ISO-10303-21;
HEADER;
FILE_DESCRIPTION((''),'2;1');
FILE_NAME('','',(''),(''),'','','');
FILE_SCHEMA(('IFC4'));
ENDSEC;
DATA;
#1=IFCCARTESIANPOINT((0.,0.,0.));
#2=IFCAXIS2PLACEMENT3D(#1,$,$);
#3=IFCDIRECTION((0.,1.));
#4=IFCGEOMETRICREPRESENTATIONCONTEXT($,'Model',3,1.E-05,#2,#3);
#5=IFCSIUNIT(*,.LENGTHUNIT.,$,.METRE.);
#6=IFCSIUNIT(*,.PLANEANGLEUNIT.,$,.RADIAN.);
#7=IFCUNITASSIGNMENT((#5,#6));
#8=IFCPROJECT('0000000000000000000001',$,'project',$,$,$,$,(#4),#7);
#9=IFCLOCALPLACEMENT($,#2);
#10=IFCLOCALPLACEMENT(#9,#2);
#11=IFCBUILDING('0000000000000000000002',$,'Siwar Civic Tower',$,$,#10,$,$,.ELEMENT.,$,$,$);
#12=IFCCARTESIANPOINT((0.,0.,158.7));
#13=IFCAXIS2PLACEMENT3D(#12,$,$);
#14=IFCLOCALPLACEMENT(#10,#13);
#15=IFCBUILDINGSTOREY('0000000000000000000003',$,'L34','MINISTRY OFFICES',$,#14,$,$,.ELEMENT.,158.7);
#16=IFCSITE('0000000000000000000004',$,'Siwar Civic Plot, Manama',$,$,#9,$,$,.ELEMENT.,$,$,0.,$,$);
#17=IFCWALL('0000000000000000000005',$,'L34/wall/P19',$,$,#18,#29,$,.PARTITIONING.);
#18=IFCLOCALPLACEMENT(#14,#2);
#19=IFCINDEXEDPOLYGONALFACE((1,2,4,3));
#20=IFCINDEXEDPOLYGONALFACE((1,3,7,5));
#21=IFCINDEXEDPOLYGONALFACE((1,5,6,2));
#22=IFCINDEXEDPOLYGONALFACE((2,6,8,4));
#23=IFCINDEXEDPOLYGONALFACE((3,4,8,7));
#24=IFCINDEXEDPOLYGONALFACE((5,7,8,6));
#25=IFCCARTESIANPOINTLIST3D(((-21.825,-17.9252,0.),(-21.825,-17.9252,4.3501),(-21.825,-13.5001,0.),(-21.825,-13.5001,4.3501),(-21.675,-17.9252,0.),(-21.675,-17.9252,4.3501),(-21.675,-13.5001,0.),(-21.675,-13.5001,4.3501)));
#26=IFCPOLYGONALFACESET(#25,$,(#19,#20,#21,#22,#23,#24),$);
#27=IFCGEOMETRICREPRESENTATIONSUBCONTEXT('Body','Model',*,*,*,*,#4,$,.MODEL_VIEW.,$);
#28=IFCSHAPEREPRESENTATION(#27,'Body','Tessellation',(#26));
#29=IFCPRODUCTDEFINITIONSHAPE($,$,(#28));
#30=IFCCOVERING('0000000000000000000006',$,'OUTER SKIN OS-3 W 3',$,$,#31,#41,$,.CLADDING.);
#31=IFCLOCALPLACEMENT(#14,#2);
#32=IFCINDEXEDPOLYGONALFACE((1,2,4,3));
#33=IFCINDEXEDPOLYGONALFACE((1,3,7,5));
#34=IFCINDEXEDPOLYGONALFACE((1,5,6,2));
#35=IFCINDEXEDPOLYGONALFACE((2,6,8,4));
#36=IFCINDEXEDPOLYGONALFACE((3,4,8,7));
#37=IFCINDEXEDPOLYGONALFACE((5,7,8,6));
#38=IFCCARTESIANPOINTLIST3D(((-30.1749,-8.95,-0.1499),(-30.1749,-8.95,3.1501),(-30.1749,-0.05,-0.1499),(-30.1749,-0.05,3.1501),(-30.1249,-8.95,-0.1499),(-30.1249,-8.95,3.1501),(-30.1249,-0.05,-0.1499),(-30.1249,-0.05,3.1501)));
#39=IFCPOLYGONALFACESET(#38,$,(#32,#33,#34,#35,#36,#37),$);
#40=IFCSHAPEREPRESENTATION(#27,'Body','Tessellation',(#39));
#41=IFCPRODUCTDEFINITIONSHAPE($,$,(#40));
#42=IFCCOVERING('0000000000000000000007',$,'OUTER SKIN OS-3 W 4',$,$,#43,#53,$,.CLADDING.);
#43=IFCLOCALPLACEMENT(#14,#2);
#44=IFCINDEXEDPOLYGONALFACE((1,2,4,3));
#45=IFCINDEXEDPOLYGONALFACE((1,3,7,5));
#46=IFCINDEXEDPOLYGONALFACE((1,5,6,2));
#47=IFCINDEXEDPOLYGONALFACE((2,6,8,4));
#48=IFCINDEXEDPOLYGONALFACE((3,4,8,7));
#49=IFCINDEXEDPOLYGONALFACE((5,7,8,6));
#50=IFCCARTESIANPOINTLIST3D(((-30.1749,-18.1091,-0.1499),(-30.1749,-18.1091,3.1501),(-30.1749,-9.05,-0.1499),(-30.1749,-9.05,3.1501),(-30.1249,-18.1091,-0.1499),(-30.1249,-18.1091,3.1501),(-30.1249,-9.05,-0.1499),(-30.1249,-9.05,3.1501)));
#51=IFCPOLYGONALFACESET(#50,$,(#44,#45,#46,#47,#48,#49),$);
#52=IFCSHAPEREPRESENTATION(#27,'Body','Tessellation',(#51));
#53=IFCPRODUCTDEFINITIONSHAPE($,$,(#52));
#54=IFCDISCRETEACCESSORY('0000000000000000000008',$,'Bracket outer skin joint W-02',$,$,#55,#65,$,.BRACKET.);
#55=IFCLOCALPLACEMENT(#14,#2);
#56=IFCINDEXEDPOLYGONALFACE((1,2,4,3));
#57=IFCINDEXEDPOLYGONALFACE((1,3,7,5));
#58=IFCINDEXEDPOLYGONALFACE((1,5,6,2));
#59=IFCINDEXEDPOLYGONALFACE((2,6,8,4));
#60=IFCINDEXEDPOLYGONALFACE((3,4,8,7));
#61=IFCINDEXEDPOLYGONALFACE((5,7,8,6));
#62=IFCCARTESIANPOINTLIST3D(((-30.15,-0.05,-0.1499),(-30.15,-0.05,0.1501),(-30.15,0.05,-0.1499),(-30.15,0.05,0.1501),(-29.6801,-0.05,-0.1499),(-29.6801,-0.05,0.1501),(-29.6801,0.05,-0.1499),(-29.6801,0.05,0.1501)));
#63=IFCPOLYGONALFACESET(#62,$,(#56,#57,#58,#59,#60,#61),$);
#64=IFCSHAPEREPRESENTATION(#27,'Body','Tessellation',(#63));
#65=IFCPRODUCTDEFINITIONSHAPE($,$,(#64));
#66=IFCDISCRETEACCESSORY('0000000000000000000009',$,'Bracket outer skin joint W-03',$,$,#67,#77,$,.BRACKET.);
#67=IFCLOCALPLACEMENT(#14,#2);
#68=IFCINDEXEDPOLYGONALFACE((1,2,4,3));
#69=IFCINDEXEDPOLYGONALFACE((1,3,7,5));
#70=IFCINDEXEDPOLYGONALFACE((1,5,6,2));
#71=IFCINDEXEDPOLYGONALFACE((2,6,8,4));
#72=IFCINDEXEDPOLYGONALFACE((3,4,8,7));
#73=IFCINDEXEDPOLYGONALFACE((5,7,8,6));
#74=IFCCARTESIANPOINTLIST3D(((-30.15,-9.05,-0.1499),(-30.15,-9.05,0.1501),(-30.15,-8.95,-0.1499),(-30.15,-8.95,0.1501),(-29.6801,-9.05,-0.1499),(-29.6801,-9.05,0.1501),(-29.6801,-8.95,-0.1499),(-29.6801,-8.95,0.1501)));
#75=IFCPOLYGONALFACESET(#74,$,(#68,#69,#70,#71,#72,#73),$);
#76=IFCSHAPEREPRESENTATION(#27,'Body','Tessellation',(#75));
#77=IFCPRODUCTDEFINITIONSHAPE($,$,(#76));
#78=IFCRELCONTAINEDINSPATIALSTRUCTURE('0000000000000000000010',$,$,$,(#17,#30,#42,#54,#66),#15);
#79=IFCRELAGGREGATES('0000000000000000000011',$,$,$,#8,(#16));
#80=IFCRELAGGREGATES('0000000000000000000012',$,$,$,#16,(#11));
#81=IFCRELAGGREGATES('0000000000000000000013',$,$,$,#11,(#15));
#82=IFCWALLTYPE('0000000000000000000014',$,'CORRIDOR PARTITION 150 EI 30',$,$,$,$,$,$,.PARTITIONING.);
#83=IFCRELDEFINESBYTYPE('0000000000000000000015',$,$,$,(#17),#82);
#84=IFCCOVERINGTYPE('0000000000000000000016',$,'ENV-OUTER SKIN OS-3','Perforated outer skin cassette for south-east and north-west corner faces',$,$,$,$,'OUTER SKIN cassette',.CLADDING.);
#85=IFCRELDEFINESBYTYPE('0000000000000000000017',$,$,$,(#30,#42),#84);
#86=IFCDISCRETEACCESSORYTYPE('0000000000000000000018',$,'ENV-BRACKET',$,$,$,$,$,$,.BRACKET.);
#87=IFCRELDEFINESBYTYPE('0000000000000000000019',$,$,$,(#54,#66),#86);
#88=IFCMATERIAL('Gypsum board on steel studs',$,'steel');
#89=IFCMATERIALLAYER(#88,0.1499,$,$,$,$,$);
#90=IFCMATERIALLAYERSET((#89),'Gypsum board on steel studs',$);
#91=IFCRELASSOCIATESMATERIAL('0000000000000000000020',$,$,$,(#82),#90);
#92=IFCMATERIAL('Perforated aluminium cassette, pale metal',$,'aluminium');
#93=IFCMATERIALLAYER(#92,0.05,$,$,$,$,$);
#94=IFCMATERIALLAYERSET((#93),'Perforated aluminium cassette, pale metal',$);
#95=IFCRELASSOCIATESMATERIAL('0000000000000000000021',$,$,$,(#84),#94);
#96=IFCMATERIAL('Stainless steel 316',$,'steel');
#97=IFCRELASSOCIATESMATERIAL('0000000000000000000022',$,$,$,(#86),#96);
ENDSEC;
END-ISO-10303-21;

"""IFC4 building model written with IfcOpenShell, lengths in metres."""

from ifc_helpers import new_model, si_unit, direction, frame, frame_2d, origin, origin_2d, place, context, subcontext, project, spatial, rectangle, extrude, material, layer, layer_set, type_object, element, save


model = new_model("IFC4")

# Units and contexts
model_context = context("Model", 3, precision=1e-05, world=origin(), true_north=direction((0.0, 1.0)))
body_context = subcontext(model_context, "Body", "Model", "MODEL_VIEW")
ifc_project = project(units=[si_unit("LENGTHUNIT", "METRE"), si_unit("PLANEANGLEUNIT", "RADIAN")], contexts=[model_context])

# Site, building, storey
site_placement = place(None, origin())
site = spatial("IfcSite", under=ifc_project, at=site_placement, Name="Siwar Civic Plot, Manama", CompositionType="ELEMENT", RefElevation=0.0)
building_placement = place(site_placement, origin())
building = spatial("IfcBuilding", under=site, at=building_placement, Name="Siwar Civic Tower", CompositionType="ELEMENT")
storey_placement = place(building_placement, frame((0.0, 0.0, 158.7)))
storey = spatial("IfcBuildingStorey", under=building, at=storey_placement, Name="L34", Description="MINISTRY OFFICES", CompositionType="ELEMENT", Elevation=158.7)

# Shared definitions
ifc_material_1 = material(Name="Gypsum board on steel studs", Category="steel")
ifc_layer_1 = layer(ifc_material_1, 0.1499)
ifc_layer_set_1 = layer_set([ifc_layer_1], Name="Gypsum board on steel studs")
wall_type_1 = type_object("IfcWallType", Name="CORRIDOR PARTITION 150 EI 30", PredefinedType="PARTITIONING", material=ifc_layer_set_1)

# Wall
wall_1_placement = place(storey_placement, frame((-21.75, -17.925, 0.0), z_axis=(0.0, 0.0, 1.0), x_axis=(0.0, 1.0, 0.0)))
element("IfcWall", 1, at=wall_1_placement, inside=storey, type_object=wall_type_1, Name="L34/wall/P19", PredefinedType="PARTITIONING", context=body_context, shape_type="SweptSolid", body=[
    extrude(rectangle(XDim=4.425, YDim=0.1499, at=frame_2d((2.2124, 0.0))), origin(), (0.0, 0.0, 1.0), 4.3501),
])

# Coverings
ifc_material_2 = material(Name="Perforated aluminium cassette, pale metal", Category="aluminium")
ifc_layer_2 = layer(ifc_material_2, 0.05)
ifc_layer_set_2 = layer_set([ifc_layer_2], Name="Perforated aluminium cassette, pale metal")
covering_type = type_object("IfcCoveringType", Name="ENV-OUTER SKIN OS-3", Description="Perforated outer skin cassette for south-east and north-west corner faces", ElementType="OUTER SKIN cassette", PredefinedType="CLADDING", material=ifc_layer_set_2)
covering_1_placement = place(storey_placement, frame((-30.1499, -4.5, -0.1499), z_axis=(0.0, 0.0, 1.0), x_axis=(0.0, -1.0, 0.0)))
element("IfcCovering", 2, at=covering_1_placement, inside=storey, type_object=covering_type, Name="OUTER SKIN OS-3 W 3", PredefinedType="CLADDING", context=body_context, shape_type="SweptSolid", body=[
    extrude(rectangle(XDim=8.8999, YDim=0.05, at=origin_2d()), origin(), (0.0, 0.0, 1.0), 3.3),
])
covering_2_placement = place(storey_placement, frame((-30.1499, -13.5796, -0.1499), z_axis=(0.0, 0.0, 1.0), x_axis=(0.0, -1.0, 0.0)))
element("IfcCovering", 3, at=covering_2_placement, inside=storey, type_object=covering_type, Name="OUTER SKIN OS-3 W 4", PredefinedType="CLADDING", context=body_context, shape_type="SweptSolid", body=[
    extrude(rectangle(XDim=9.0591, YDim=0.05, at=origin_2d()), origin(), (0.0, 0.0, 1.0), 3.3),
])

# Discrete accessories
ifc_material_3 = material(Name="Stainless steel 316", Category="steel")
discrete_accessory_type = type_object("IfcDiscreteAccessoryType", Name="ENV-BRACKET", PredefinedType="BRACKET", material=ifc_material_3)
for number, where, z_axis, x_axis, name in (
    (4, (-29.915, 0.0, -0.1499), (0.0, 0.0, 1.0), (-1.0, 0.0, 0.0), "Bracket outer skin joint W-02"),
    (5, (-29.915, -9.0, -0.1499), (0.0, 0.0, 1.0), (-1.0, 0.0, 0.0), "Bracket outer skin joint W-03"),
):
    element("IfcDiscreteAccessory", number, at=place(storey_placement, frame(where, z_axis=z_axis, x_axis=x_axis)), inside=storey, type_object=discrete_accessory_type, Name=name, PredefinedType="BRACKET", context=body_context, shape_type="SweptSolid", body=[
        extrude(rectangle(XDim=0.47, YDim=0.1001, at=origin_2d()), origin(), (0.0, 0.0, 1.0), 0.3),
    ])

save(model, "model.ifc")
